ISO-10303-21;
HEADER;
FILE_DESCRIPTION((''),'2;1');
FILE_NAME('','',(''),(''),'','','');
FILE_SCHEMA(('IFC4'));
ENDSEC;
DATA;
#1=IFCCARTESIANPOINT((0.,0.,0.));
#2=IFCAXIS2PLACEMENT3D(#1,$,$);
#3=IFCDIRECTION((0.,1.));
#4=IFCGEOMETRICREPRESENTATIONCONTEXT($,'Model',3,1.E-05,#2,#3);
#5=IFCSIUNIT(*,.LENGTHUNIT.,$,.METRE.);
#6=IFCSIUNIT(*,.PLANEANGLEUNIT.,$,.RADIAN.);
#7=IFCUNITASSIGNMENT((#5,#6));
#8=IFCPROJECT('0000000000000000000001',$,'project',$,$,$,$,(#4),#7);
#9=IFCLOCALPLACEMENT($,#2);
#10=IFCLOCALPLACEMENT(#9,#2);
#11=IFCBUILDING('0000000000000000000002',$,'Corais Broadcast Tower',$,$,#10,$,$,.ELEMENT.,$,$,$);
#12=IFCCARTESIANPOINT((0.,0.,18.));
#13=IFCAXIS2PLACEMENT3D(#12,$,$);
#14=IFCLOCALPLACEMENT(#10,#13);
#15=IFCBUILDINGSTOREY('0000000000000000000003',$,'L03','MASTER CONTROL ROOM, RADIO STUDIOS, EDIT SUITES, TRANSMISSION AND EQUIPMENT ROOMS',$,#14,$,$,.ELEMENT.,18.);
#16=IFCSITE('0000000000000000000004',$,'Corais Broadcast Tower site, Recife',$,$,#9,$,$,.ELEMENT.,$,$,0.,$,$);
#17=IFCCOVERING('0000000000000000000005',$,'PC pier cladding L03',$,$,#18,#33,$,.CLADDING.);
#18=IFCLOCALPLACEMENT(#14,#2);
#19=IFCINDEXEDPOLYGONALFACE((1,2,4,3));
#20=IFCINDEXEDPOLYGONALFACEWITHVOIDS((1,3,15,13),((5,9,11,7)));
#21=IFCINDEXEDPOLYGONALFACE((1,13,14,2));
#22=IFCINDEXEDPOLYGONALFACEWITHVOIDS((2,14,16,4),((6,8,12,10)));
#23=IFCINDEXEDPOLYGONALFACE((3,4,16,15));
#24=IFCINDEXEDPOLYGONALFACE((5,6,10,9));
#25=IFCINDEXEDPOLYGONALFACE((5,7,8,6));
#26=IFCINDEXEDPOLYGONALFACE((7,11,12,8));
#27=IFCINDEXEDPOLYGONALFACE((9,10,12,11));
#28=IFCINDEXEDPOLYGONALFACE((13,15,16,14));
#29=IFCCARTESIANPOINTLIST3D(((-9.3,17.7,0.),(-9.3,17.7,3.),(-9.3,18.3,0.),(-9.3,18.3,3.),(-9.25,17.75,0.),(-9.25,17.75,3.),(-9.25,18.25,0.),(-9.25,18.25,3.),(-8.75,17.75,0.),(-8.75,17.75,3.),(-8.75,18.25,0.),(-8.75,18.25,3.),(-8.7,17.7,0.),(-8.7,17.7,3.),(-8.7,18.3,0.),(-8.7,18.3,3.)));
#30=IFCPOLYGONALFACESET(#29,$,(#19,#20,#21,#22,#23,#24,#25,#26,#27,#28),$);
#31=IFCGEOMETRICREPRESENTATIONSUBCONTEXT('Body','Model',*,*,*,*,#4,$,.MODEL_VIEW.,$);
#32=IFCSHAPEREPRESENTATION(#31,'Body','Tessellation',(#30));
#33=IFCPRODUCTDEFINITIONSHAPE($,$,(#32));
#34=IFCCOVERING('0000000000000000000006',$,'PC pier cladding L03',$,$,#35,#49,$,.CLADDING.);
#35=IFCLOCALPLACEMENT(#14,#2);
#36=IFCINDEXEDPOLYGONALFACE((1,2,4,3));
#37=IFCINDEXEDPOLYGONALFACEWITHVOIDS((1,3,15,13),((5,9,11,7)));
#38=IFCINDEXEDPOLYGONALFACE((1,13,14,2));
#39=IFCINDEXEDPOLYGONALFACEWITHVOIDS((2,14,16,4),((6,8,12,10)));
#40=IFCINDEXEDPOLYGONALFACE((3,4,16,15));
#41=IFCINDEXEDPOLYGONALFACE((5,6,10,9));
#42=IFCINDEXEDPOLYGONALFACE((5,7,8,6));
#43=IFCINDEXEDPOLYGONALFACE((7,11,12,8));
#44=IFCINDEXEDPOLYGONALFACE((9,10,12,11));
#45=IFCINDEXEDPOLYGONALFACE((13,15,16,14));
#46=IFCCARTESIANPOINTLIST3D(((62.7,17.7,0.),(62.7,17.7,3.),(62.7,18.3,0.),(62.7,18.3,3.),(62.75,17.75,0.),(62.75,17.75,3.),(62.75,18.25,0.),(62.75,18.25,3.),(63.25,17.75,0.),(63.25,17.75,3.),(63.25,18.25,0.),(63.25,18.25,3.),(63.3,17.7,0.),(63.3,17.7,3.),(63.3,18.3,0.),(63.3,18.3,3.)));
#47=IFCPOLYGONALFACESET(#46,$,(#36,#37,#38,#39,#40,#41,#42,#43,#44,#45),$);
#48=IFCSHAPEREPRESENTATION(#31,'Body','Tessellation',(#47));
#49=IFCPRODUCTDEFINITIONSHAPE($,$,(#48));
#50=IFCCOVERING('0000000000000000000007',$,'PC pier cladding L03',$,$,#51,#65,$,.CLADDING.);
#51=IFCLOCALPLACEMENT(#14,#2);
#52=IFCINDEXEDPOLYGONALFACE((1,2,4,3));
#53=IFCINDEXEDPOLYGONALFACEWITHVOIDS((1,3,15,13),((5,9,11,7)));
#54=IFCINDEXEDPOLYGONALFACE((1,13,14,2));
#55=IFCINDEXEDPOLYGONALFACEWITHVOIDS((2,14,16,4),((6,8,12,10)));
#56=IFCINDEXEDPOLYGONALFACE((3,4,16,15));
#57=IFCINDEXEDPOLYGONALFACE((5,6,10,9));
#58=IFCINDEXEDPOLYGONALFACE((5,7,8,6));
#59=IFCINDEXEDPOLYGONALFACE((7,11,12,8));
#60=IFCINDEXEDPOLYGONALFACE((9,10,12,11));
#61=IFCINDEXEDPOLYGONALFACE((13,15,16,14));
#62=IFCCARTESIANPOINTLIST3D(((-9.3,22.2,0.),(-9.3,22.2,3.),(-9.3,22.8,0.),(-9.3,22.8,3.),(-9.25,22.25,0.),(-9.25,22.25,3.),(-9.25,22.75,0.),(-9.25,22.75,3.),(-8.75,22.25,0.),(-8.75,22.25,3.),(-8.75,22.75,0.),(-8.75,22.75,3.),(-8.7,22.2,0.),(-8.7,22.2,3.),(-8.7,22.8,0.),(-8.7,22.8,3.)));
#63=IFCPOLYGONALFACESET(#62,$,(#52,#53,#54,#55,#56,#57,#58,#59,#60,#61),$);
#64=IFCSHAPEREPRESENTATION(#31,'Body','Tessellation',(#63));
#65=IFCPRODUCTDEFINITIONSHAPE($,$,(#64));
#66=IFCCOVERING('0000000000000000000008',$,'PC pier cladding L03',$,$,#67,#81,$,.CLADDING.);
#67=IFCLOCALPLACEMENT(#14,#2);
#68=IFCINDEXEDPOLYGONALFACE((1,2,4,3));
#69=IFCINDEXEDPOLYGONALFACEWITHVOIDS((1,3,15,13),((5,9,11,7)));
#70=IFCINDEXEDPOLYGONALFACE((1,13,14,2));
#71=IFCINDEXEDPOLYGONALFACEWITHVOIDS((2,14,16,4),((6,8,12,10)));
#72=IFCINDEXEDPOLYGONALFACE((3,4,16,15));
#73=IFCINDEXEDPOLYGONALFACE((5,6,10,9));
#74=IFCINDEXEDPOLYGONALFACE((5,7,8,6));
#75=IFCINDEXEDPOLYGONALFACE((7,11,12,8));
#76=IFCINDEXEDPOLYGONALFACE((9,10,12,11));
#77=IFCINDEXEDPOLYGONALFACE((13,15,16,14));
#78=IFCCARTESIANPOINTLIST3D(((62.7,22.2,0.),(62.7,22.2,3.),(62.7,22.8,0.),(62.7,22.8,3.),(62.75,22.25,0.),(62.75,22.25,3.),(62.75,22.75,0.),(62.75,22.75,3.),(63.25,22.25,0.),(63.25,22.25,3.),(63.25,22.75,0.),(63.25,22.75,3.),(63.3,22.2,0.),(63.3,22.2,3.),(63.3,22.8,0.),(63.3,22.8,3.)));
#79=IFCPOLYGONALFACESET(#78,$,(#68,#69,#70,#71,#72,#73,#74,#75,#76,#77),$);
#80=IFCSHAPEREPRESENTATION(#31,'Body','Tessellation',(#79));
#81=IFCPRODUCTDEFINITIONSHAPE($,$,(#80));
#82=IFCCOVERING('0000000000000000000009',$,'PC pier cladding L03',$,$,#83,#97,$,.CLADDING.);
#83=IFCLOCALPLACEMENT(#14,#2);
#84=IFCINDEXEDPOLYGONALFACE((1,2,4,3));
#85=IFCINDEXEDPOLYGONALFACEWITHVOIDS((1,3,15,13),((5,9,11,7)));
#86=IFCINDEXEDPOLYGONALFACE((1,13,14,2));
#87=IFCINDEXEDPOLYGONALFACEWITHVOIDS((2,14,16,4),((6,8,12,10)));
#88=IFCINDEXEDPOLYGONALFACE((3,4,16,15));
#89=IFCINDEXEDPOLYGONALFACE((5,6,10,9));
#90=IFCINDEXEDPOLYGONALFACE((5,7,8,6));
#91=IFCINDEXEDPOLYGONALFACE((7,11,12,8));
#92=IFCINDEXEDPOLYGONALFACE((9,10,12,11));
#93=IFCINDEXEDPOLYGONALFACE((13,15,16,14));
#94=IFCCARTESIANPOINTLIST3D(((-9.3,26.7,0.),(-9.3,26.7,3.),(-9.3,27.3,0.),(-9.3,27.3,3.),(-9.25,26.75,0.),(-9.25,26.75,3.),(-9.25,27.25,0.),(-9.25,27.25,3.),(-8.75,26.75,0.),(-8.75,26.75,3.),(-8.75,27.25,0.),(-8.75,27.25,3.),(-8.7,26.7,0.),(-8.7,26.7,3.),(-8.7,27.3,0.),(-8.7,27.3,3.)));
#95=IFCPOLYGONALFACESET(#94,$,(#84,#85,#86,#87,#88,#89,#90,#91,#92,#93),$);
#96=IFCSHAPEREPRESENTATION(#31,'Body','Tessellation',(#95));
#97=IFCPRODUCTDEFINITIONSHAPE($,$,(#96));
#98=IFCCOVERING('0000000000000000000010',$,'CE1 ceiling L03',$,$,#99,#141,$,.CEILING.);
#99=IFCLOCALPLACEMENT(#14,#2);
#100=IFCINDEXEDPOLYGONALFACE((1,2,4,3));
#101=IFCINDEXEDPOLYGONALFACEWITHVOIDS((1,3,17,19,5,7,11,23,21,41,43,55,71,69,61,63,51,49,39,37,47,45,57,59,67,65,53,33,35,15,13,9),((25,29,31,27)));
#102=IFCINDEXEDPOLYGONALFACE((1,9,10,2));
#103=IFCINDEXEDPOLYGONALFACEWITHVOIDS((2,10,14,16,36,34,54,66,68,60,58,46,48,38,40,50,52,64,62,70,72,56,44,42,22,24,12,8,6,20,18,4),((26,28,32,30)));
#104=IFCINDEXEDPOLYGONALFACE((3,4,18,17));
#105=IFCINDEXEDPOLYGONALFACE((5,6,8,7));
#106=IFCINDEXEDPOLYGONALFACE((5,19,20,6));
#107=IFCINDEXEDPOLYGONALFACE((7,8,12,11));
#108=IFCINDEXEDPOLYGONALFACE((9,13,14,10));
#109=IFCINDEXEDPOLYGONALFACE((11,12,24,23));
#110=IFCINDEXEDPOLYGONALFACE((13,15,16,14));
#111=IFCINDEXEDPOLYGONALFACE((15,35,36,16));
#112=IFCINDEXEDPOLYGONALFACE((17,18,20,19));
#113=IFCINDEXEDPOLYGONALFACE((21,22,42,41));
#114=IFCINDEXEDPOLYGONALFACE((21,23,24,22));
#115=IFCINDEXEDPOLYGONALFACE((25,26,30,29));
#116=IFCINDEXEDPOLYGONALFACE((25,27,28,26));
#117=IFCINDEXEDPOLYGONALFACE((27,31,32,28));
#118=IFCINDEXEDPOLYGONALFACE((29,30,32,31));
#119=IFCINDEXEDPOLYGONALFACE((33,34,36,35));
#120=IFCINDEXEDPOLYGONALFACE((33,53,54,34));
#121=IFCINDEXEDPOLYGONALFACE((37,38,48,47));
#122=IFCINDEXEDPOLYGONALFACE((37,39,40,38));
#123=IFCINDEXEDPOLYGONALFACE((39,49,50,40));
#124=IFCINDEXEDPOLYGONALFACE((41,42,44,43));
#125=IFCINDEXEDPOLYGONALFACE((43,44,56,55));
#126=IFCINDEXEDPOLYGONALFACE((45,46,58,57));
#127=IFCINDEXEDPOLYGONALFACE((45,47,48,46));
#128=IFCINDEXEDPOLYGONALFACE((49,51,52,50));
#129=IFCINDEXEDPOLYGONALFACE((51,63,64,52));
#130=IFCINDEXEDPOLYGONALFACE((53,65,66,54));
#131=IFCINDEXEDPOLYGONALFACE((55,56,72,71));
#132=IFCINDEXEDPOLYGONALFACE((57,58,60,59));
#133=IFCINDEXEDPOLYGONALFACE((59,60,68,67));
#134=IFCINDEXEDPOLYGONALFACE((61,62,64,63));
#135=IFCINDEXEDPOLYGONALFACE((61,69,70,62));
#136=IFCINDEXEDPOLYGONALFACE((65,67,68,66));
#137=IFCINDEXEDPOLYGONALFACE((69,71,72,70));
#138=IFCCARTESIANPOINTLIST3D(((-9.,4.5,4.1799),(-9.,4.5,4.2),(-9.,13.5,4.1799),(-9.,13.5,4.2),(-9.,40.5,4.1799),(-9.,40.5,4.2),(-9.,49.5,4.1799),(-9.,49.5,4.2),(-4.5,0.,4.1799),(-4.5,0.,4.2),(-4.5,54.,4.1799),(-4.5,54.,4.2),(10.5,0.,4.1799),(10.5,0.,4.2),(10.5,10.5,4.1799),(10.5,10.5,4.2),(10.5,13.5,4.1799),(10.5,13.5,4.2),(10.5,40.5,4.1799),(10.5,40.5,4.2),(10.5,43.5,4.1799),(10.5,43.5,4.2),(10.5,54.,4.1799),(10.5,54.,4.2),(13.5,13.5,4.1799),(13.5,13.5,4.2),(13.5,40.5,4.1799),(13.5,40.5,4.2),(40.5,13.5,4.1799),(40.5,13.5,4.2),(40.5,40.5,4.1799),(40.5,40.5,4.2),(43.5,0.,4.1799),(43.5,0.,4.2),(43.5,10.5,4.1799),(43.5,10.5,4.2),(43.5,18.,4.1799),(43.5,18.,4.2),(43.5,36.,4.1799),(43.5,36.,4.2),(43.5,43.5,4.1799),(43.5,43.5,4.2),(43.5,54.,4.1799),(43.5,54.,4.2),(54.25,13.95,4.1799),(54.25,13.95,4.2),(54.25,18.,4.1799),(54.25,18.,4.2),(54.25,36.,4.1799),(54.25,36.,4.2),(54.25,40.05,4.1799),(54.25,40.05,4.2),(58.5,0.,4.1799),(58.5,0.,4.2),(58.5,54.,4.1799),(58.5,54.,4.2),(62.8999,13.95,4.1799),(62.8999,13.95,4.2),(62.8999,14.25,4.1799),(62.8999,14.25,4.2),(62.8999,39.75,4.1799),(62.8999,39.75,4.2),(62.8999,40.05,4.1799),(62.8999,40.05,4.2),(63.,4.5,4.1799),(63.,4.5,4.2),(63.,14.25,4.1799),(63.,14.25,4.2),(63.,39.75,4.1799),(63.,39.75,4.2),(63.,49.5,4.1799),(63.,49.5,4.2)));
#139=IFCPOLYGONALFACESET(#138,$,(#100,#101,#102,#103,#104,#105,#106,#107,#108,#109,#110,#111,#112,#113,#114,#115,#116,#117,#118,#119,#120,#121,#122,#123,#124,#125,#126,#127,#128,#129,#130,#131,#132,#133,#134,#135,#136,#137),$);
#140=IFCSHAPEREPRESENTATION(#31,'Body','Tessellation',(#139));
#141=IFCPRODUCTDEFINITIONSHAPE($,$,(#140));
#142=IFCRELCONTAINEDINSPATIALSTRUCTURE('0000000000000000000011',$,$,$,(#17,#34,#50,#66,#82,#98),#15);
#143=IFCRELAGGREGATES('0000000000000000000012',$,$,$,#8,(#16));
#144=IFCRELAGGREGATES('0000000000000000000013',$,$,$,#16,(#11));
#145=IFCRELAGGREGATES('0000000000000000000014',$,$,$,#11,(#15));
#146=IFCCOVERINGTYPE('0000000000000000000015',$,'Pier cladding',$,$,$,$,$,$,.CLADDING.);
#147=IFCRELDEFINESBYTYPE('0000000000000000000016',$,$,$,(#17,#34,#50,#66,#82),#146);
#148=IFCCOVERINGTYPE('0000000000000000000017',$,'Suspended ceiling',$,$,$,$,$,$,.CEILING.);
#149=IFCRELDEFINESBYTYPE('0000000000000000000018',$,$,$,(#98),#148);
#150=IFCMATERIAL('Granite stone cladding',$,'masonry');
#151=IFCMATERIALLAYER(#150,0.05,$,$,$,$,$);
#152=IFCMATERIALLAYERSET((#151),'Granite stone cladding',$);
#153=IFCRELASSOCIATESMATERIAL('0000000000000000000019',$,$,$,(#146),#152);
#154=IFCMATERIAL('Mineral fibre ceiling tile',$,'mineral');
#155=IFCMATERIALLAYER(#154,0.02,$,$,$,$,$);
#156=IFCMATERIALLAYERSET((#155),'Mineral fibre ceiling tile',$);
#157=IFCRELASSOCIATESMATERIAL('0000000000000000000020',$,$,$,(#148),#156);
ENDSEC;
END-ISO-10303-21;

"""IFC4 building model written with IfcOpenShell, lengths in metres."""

from ifc_helpers import new_model, si_unit, direction, frame, origin, place, context, subcontext, project, spatial, polyline, outline, extrude, material, layer, layer_set, type_object, element, save


model = new_model("IFC4")

# Units and contexts
model_context = context("Model", 3, precision=1e-05, world=origin(), true_north=direction((0.0, 1.0)))
body_context = subcontext(model_context, "Body", "Model", "MODEL_VIEW")
ifc_project = project(units=[si_unit("LENGTHUNIT", "METRE"), si_unit("PLANEANGLEUNIT", "RADIAN")], contexts=[model_context])

# Site, building, storey
site_placement = place(None, origin())
site = spatial("IfcSite", under=ifc_project, at=site_placement, Name="Corais Broadcast Tower site, Recife", CompositionType="ELEMENT", RefElevation=0.0)
building_placement = place(site_placement, origin())
building = spatial("IfcBuilding", under=site, at=building_placement, Name="Corais Broadcast Tower", CompositionType="ELEMENT")
storey_placement = place(building_placement, frame((0.0, 0.0, 18.0)))
storey = spatial("IfcBuildingStorey", under=building, at=storey_placement, Name="L03", Description="MASTER CONTROL ROOM, RADIO STUDIOS, EDIT SUITES, TRANSMISSION AND EQUIPMENT ROOMS", CompositionType="ELEMENT", Elevation=18.0)

# Coverings
ifc_material_1 = material(Name="Granite stone cladding", Category="masonry")
ifc_layer_1 = layer(ifc_material_1, 0.05)
ifc_layer_set_1 = layer_set([ifc_layer_1], Name="Granite stone cladding")
covering_type_1 = type_object("IfcCoveringType", Name="Pier cladding", PredefinedType="CLADDING", material=ifc_layer_set_1)
covering_1_placement = place(storey_placement, origin())
element("IfcCovering", 1, at=covering_1_placement, inside=storey, type_object=covering_type_1, Name="PC pier cladding L03", PredefinedType="CLADDING", context=body_context, shape_type="SweptSolid", body=[
    extrude(outline(polyline([(-9.3, 17.7), (-8.7, 17.7), (-8.7, 18.3), (-9.3, 18.3), (-9.3, 17.7)]), holes=[polyline([(-9.25, 17.75), (-8.75, 17.75), (-8.75, 18.25), (-9.25, 18.25), (-9.25, 17.75)])]), origin(), (0.0, 0.0, 1.0), 3.0),
])
covering_2_placement = place(storey_placement, origin())
element("IfcCovering", 2, at=covering_2_placement, inside=storey, type_object=covering_type_1, Name="PC pier cladding L03", PredefinedType="CLADDING", context=body_context, shape_type="SweptSolid", body=[
    extrude(outline(polyline([(62.7, 17.7), (63.3, 17.7), (63.3, 18.3), (62.7, 18.3), (62.7, 17.7)]), holes=[polyline([(62.75, 17.75), (63.25, 17.75), (63.25, 18.25), (62.75, 18.25), (62.75, 17.75)])]), origin(), (0.0, 0.0, 1.0), 3.0),
])
covering_3_placement = place(storey_placement, origin())
element("IfcCovering", 3, at=covering_3_placement, inside=storey, type_object=covering_type_1, Name="PC pier cladding L03", PredefinedType="CLADDING", context=body_context, shape_type="SweptSolid", body=[
    extrude(outline(polyline([(-9.3, 22.2), (-8.7, 22.2), (-8.7, 22.8), (-9.3, 22.8), (-9.3, 22.2)]), holes=[polyline([(-9.25, 22.25), (-8.75, 22.25), (-8.75, 22.75), (-9.25, 22.75), (-9.25, 22.25)])]), origin(), (0.0, 0.0, 1.0), 3.0),
])
covering_4_placement = place(storey_placement, origin())
element("IfcCovering", 4, at=covering_4_placement, inside=storey, type_object=covering_type_1, Name="PC pier cladding L03", PredefinedType="CLADDING", context=body_context, shape_type="SweptSolid", body=[
    extrude(outline(polyline([(62.7, 22.2), (63.3, 22.2), (63.3, 22.8), (62.7, 22.8), (62.7, 22.2)]), holes=[polyline([(62.75, 22.25), (63.25, 22.25), (63.25, 22.75), (62.75, 22.75), (62.75, 22.25)])]), origin(), (0.0, 0.0, 1.0), 3.0),
])
covering_5_placement = place(storey_placement, origin())
element("IfcCovering", 5, at=covering_5_placement, inside=storey, type_object=covering_type_1, Name="PC pier cladding L03", PredefinedType="CLADDING", context=body_context, shape_type="SweptSolid", body=[
    extrude(outline(polyline([(-9.3, 26.7), (-8.7, 26.7), (-8.7, 27.3), (-9.3, 27.3), (-9.3, 26.7)]), holes=[polyline([(-9.25, 26.75), (-8.75, 26.75), (-8.75, 27.25), (-9.25, 27.25), (-9.25, 26.75)])]), origin(), (0.0, 0.0, 1.0), 3.0),
])
ifc_material_2 = material(Name="Mineral fibre ceiling tile", Category="mineral")
ifc_layer_2 = layer(ifc_material_2, 0.02)
ifc_layer_set_2 = layer_set([ifc_layer_2], Name="Mineral fibre ceiling tile")
covering_type_2 = type_object("IfcCoveringType", Name="Suspended ceiling", PredefinedType="CEILING", material=ifc_layer_set_2)
covering_6_placement = place(storey_placement, frame((0.0, 0.0, 4.1799)))
element("IfcCovering", 6, at=covering_6_placement, inside=storey, type_object=covering_type_2, Name="CE1 ceiling L03", PredefinedType="CEILING", context=body_context, shape_type="SweptSolid", body=[
    extrude(outline(polyline([(-4.5, 0.0), (-9.0, 4.5), (-9.0, 13.5), (10.5, 13.5), (10.5, 40.5), (-9.0, 40.5), (-9.0, 49.5), (-4.5, 54.0), (10.5, 54.0), (10.5, 43.5), (43.5, 43.5), (43.5, 54.0), (58.5, 54.0), (63.0, 49.5), (63.0, 39.75), (62.8999, 39.75), (62.8999, 40.05), (54.25, 40.05), (54.25, 36.0), (43.5, 36.0), (43.5, 18.0), (54.25, 18.0), (54.25, 13.95), (62.8999, 13.95), (62.8999, 14.25), (63.0, 14.25), (63.0, 4.5), (58.5, 0.0), (43.5, 0.0), (43.5, 10.5), (10.5, 10.5), (10.5, 0.0), (-4.5, 0.0)]), holes=[polyline([(40.5, 40.5), (13.5, 40.5), (13.5, 13.5), (40.5, 13.5), (40.5, 40.5)])]), origin(), (0.0, 0.0, 1.0), 0.02),
])

save(model, "model.ifc")
